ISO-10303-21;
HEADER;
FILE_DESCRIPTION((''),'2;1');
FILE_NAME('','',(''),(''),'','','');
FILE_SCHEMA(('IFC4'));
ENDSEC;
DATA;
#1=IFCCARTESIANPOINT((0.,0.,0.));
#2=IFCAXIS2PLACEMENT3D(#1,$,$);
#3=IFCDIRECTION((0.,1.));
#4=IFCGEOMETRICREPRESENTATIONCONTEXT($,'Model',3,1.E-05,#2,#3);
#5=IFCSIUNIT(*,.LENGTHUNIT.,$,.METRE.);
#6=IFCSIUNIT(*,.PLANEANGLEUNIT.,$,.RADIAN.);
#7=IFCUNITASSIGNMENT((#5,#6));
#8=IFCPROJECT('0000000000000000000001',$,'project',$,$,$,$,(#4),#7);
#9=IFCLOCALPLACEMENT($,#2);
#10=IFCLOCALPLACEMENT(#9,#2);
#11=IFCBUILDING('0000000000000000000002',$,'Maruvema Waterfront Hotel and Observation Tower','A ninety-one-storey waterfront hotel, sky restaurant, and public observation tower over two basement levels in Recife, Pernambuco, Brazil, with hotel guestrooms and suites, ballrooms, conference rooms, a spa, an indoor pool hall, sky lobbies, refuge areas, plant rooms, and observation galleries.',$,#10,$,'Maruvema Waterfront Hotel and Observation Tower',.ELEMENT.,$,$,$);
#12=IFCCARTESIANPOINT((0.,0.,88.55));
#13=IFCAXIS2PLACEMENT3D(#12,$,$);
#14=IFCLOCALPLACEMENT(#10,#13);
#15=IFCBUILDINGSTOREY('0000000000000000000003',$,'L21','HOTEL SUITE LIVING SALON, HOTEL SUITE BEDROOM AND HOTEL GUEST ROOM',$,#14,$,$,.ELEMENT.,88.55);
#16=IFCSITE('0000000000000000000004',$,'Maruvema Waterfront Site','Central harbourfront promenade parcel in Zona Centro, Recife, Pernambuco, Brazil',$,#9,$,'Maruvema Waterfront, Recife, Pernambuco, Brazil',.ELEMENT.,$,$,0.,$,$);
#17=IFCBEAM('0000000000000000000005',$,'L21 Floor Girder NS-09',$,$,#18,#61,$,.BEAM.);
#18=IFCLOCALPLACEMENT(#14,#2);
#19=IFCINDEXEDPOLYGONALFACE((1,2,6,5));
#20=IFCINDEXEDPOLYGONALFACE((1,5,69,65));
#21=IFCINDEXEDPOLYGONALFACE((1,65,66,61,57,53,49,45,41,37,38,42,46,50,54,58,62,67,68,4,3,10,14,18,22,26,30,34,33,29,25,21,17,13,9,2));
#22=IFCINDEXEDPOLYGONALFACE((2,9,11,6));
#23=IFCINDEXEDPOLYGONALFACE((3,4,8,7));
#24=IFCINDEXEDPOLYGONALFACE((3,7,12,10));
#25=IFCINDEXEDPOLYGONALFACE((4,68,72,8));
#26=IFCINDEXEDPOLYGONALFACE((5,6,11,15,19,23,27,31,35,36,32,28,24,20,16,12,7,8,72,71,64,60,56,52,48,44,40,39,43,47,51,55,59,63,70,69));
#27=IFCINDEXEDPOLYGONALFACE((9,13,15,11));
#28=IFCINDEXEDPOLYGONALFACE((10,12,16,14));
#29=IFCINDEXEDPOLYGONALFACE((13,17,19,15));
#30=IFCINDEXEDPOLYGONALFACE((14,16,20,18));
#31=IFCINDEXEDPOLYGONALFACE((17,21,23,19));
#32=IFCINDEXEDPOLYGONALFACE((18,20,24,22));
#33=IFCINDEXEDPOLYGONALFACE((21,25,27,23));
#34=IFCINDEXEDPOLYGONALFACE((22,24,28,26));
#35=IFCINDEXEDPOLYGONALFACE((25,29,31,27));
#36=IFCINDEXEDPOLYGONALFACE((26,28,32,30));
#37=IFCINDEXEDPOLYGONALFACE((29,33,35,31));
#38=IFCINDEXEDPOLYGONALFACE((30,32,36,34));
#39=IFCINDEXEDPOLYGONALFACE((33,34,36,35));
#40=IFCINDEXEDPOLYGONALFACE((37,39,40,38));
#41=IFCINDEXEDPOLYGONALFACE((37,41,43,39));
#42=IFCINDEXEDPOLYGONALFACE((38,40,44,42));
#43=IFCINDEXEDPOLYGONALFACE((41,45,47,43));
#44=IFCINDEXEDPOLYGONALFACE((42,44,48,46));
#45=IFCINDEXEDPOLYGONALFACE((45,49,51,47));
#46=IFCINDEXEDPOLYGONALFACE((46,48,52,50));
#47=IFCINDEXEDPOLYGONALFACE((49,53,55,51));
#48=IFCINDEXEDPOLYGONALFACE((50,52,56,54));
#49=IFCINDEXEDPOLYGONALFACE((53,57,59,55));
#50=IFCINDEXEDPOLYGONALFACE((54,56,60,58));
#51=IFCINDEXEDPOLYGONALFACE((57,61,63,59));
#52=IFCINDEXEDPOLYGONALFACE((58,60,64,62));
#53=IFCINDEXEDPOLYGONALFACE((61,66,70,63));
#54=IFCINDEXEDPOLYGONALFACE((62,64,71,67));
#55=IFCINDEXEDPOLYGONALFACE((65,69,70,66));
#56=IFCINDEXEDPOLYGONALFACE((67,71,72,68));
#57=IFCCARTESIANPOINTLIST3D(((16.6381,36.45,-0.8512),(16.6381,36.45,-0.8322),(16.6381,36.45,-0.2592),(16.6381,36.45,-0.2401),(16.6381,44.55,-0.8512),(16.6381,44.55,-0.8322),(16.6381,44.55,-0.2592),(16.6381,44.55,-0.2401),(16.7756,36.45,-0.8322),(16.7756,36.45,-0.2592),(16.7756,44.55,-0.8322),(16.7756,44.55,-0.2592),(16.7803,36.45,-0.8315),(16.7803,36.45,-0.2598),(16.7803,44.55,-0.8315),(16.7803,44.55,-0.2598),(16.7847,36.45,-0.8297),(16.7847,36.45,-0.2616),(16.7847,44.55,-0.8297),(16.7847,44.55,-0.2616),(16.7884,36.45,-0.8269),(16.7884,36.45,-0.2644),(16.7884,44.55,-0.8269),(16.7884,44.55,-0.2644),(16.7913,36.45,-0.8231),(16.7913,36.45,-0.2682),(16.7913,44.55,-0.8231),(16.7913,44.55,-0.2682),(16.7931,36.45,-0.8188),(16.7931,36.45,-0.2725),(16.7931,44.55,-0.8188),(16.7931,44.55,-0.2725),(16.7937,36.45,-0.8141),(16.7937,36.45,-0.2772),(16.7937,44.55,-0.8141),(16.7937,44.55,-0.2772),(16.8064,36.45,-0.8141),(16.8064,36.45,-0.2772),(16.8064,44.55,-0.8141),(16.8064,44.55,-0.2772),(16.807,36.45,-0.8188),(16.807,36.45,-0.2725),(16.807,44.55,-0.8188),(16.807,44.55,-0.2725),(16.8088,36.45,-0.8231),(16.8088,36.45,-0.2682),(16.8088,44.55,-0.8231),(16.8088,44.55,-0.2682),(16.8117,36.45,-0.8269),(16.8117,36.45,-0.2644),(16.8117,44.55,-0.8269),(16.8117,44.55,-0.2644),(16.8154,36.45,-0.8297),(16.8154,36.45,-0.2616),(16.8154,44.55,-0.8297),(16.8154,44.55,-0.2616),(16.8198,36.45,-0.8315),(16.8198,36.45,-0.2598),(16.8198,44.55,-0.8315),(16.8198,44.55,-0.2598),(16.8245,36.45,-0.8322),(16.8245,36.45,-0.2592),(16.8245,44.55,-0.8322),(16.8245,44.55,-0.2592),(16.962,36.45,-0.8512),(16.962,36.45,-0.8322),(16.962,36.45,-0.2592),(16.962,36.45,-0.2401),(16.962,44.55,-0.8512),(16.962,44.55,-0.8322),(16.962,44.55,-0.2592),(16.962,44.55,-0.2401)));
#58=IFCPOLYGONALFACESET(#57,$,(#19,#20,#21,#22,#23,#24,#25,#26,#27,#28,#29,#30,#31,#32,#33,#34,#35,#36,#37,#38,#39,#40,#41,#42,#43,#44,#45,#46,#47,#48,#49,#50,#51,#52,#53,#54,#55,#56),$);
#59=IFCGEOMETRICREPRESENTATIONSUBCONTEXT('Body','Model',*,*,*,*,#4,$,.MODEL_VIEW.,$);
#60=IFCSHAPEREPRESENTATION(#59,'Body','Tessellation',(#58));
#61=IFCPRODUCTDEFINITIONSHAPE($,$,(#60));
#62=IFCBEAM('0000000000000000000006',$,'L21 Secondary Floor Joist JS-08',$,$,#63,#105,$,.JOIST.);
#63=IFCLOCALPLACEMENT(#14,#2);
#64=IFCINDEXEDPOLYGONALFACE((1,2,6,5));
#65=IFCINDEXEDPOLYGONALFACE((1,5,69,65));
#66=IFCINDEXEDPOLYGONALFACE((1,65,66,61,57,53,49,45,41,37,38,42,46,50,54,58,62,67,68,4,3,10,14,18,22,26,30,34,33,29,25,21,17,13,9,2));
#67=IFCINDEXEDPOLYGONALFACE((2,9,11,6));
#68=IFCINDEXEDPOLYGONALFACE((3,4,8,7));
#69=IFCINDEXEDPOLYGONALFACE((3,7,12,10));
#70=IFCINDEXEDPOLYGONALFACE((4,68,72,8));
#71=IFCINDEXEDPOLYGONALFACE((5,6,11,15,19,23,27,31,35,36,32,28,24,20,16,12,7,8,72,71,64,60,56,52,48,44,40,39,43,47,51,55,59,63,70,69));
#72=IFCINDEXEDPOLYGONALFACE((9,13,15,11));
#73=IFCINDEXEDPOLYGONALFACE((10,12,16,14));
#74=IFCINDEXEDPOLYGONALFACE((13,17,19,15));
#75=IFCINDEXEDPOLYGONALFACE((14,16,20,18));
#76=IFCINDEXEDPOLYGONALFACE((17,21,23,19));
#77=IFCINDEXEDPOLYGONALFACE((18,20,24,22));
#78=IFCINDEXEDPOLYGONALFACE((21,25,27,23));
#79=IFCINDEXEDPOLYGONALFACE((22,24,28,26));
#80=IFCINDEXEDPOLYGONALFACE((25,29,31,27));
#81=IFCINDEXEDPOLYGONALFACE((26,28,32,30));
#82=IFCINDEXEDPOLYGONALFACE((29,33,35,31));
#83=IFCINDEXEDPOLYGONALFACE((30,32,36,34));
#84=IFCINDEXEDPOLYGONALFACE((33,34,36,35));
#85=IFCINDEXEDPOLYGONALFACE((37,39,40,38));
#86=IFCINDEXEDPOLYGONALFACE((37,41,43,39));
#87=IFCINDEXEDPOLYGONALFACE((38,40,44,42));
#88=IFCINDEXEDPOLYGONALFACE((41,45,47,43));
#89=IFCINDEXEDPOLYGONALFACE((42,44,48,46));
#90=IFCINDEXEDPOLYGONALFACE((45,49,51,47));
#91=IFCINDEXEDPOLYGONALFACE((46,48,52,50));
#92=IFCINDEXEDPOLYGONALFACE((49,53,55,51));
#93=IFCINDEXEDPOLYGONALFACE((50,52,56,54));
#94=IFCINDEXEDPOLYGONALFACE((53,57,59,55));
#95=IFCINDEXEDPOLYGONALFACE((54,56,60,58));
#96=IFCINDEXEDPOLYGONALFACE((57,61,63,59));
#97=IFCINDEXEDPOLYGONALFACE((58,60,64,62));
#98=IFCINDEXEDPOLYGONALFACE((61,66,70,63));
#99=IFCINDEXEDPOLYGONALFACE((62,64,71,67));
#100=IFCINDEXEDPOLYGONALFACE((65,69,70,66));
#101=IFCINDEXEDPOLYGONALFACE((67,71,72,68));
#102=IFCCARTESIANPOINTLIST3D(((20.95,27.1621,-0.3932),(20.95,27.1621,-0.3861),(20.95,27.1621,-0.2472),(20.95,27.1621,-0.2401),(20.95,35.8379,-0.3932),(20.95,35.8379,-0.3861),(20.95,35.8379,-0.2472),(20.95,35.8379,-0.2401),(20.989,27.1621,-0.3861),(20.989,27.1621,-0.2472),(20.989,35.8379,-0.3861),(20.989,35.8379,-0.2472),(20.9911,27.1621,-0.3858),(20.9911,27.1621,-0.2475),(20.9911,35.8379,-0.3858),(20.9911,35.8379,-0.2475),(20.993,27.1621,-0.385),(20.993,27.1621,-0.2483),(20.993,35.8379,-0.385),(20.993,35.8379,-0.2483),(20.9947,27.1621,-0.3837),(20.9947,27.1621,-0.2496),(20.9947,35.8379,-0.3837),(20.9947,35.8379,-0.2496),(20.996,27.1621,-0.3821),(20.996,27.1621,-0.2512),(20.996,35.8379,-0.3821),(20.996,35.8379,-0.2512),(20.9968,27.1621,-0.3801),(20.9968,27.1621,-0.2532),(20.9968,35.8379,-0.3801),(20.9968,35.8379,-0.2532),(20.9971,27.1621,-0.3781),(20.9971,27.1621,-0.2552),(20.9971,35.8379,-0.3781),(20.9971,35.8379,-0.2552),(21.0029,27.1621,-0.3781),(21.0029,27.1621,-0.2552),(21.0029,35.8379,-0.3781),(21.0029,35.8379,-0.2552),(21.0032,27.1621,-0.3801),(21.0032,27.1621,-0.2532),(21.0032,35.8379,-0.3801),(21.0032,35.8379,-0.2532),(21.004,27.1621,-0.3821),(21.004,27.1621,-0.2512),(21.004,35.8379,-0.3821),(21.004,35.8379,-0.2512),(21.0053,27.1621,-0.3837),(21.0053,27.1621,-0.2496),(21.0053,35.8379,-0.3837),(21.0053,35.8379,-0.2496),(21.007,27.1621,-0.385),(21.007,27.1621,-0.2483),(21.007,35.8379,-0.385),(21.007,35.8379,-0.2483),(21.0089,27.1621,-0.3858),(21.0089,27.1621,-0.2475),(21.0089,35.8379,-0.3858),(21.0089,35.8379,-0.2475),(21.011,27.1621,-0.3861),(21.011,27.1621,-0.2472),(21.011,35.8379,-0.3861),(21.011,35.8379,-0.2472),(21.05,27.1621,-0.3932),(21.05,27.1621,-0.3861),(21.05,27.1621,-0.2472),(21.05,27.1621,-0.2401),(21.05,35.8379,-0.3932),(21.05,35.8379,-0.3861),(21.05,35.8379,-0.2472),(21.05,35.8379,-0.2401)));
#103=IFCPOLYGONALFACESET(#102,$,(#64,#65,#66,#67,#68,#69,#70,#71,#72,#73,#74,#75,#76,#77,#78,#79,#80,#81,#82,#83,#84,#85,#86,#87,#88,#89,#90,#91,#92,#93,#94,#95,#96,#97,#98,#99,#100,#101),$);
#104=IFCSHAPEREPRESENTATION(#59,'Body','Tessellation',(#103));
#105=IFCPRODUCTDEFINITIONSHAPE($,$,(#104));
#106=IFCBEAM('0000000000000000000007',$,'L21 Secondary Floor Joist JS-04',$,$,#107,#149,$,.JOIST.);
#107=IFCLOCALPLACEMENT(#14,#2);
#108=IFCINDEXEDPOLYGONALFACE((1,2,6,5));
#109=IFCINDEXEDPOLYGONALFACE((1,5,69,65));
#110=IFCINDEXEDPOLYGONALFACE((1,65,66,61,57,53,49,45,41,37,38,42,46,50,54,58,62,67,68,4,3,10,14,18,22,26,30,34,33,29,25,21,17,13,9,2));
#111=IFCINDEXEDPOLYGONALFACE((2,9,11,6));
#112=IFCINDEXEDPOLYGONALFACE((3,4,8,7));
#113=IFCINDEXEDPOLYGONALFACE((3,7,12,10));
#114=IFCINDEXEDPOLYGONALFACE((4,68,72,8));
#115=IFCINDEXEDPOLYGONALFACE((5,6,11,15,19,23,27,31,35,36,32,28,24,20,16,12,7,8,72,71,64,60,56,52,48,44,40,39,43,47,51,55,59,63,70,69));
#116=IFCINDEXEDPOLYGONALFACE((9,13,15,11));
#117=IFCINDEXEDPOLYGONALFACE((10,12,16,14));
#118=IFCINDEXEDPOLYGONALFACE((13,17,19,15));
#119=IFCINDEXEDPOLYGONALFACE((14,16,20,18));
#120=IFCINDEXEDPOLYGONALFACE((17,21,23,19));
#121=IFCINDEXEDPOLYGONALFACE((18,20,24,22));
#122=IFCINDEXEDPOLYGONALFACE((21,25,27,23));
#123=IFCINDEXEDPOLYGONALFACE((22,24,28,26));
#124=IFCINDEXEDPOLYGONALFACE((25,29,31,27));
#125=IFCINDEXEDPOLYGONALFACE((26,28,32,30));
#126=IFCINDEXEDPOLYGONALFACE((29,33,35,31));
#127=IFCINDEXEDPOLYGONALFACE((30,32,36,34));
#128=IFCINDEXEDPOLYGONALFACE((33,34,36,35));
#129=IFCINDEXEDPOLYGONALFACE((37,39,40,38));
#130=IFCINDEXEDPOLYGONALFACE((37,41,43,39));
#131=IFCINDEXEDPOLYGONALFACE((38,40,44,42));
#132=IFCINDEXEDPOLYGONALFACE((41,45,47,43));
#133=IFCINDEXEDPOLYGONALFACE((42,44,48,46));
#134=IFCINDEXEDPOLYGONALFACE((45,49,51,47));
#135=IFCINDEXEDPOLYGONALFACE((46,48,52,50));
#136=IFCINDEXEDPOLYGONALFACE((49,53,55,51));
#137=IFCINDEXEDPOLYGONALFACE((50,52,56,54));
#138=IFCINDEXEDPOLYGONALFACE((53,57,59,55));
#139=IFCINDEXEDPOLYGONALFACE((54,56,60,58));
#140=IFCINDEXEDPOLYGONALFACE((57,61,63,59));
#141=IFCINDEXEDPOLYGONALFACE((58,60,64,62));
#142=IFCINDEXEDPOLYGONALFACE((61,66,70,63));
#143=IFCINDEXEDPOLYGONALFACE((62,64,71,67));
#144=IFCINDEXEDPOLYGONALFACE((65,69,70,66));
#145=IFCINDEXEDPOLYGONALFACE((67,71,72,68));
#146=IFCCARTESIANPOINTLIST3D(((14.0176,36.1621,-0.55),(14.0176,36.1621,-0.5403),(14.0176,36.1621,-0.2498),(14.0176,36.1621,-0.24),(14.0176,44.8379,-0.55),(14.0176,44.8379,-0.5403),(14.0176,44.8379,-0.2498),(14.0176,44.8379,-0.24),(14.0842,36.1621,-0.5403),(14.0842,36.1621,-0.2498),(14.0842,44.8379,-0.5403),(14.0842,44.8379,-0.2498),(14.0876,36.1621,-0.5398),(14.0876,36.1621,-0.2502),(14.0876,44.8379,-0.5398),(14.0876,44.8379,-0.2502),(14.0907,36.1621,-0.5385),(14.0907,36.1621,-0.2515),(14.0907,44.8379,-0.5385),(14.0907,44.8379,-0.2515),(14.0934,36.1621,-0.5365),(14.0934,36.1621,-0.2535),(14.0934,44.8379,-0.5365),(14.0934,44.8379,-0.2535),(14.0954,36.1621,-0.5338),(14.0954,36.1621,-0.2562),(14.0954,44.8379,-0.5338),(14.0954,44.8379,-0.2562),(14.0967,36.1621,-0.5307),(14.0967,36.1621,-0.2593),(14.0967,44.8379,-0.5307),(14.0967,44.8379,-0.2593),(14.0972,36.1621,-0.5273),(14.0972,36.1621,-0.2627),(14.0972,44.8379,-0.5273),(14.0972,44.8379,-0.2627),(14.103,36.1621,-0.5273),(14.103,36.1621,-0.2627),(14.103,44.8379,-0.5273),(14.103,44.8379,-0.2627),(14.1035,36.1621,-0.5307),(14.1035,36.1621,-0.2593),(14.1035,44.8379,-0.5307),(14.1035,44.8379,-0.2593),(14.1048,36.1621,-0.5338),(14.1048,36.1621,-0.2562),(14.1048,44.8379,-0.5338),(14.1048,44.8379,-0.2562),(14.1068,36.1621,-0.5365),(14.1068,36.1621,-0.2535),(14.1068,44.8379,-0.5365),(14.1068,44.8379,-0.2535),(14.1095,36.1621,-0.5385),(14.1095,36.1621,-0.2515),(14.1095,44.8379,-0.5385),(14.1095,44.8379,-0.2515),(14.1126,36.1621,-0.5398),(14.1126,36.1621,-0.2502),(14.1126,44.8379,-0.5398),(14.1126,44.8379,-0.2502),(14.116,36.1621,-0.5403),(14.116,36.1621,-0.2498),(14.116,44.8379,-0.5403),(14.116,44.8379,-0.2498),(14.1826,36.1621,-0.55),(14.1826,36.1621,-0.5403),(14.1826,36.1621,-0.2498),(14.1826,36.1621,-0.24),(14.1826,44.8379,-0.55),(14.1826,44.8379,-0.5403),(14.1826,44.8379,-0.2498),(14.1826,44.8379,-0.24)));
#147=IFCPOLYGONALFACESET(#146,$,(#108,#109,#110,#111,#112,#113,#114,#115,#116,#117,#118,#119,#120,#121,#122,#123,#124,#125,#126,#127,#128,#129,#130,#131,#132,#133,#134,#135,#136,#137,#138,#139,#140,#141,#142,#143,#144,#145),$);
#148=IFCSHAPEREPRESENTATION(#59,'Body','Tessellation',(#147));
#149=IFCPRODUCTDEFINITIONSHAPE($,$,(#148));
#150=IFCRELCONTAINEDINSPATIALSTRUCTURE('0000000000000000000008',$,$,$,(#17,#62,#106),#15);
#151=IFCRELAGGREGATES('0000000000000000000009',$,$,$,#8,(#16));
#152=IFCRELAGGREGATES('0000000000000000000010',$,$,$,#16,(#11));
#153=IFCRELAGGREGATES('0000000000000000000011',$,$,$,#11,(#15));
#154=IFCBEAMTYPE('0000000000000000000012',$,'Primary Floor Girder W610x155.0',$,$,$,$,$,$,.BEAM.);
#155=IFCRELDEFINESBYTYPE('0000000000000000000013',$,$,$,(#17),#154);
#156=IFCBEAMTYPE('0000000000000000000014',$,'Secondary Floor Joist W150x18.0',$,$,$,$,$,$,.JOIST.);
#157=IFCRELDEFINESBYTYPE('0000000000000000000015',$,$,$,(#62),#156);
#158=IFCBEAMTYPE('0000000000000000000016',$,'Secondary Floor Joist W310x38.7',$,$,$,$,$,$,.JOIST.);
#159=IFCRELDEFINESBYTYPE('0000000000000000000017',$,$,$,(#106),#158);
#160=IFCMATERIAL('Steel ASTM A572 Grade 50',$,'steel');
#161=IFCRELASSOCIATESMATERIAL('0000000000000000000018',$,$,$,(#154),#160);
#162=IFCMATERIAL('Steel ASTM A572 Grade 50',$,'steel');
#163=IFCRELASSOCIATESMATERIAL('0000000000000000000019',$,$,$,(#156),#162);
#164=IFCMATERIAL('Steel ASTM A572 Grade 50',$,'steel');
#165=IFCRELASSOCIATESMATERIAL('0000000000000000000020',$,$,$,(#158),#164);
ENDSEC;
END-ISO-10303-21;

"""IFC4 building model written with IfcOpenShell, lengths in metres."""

from ifc_helpers import new_model, si_unit, direction, frame, origin, origin_2d, place, context, subcontext, project, spatial, i_section, extrude, material, material_profile, profile_set, type_object, element, save


model = new_model("IFC4")

# Units and contexts
model_context = context("Model", 3, precision=1e-05, world=origin(), true_north=direction((0.0, 1.0)))
body_context = subcontext(model_context, "Body", "Model", "MODEL_VIEW")
ifc_project = project(units=[si_unit("LENGTHUNIT", "METRE"), si_unit("PLANEANGLEUNIT", "RADIAN")], contexts=[model_context])

# Site, building, storey
site_placement = place(None, origin())
site = spatial("IfcSite", under=ifc_project, at=site_placement, Name="Maruvema Waterfront Site", Description="Central harbourfront promenade parcel in Zona Centro, Recife, Pernambuco, Brazil", LongName="Maruvema Waterfront, Recife, Pernambuco, Brazil", CompositionType="ELEMENT", RefElevation=0.0)
building_placement = place(site_placement, origin())
building = spatial("IfcBuilding", under=site, at=building_placement, Name="Maruvema Waterfront Hotel and Observation Tower", Description="A ninety-one-storey waterfront hotel, sky restaurant, and public observation tower over two basement levels in Recife, Pernambuco, Brazil, with hotel guestrooms and suites, ballrooms, conference rooms, a spa, an indoor pool hall, sky lobbies, refuge areas, plant rooms, and observation galleries.", LongName="Maruvema Waterfront Hotel and Observation Tower", CompositionType="ELEMENT")
storey_placement = place(building_placement, frame((0.0, 0.0, 88.55)))
storey = spatial("IfcBuildingStorey", under=building, at=storey_placement, Name="L21", Description="HOTEL SUITE LIVING SALON, HOTEL SUITE BEDROOM AND HOTEL GUEST ROOM", CompositionType="ELEMENT", Elevation=88.55)

# Beams
ifc_material_1 = material(Name="Steel ASTM A572 Grade 50", Category="steel")
ifc_material_profile_1 = material_profile(ifc_material_1, i_section(OverallWidth=0.324, OverallDepth=0.6111, WebThickness=0.0127, FlangeThickness=0.019, FilletRadius=0.0181, at=origin_2d()), Name="W610x155.0")
ifc_profile_set_1 = profile_set([ifc_material_profile_1], Name="Steel ASTM A572 Grade 50")
beam_type_1 = type_object("IfcBeamType", Name="Primary Floor Girder W610x155.0", PredefinedType="BEAM", material=ifc_profile_set_1)
for number, where, z_axis, x_axis, name in (
    (1, (16.8, 36.45, -0.5457), (0.0, 1.0, 0.0), (-1.0, 0.0, 0.0), "L21 Floor Girder NS-09"),
):
    element("IfcBeam", number, at=place(storey_placement, frame(where, z_axis=z_axis, x_axis=x_axis)), inside=storey, type_object=beam_type_1, Name=name, PredefinedType="BEAM", context=body_context, shape_type="SweptSolid", body=[
        extrude(i_section(OverallWidth=0.324, OverallDepth=0.6111, WebThickness=0.0127, FlangeThickness=0.019, FilletRadius=0.0181, at=origin_2d()), origin(), (0.0, 0.0, 1.0), 8.1001),
    ])
ifc_material_2 = material(Name="Steel ASTM A572 Grade 50", Category="steel")
ifc_material_profile_2 = material_profile(ifc_material_2, i_section(OverallWidth=0.1001, OverallDepth=0.1531, WebThickness=0.0059, FlangeThickness=0.0071, FilletRadius=0.0081, at=origin_2d()), Name="W150x18.0")
ifc_profile_set_2 = profile_set([ifc_material_profile_2], Name="Steel ASTM A572 Grade 50")
beam_type_2 = type_object("IfcBeamType", Name="Secondary Floor Joist W150x18.0", PredefinedType="JOIST", material=ifc_profile_set_2)
beam_1_placement = place(storey_placement, frame((21.0, 27.1621, -0.3167), z_axis=(0.0, 1.0, 0.0), x_axis=(-1.0, 0.0, 0.0)))
element("IfcBeam", 2, at=beam_1_placement, inside=storey, type_object=beam_type_2, Name="L21 Secondary Floor Joist JS-08", PredefinedType="JOIST", context=body_context, shape_type="SweptSolid", body=[
    extrude(i_section(OverallWidth=0.1001, OverallDepth=0.1531, WebThickness=0.0059, FlangeThickness=0.0071, FilletRadius=0.0081, at=origin_2d()), origin(), (0.0, 0.0, 1.0), 8.6758),
])
ifc_material_3 = material(Name="Steel ASTM A572 Grade 50", Category="steel")
ifc_material_profile_3 = material_profile(ifc_material_3, i_section(OverallWidth=0.165, OverallDepth=0.3101, WebThickness=0.0059, FlangeThickness=0.0098, FilletRadius=0.0129, at=origin_2d()), Name="W310x38.7")
ifc_profile_set_3 = profile_set([ifc_material_profile_3], Name="Steel ASTM A572 Grade 50")
beam_type_3 = type_object("IfcBeamType", Name="Secondary Floor Joist W310x38.7", PredefinedType="JOIST", material=ifc_profile_set_3)
beam_2_placement = place(storey_placement, frame((14.1001, 36.1621, -0.395), z_axis=(0.0, 1.0, 0.0), x_axis=(-1.0, 0.0, 0.0)))
element("IfcBeam", 3, at=beam_2_placement, inside=storey, type_object=beam_type_3, Name="L21 Secondary Floor Joist JS-04", PredefinedType="JOIST", context=body_context, shape_type="SweptSolid", body=[
    extrude(i_section(OverallWidth=0.165, OverallDepth=0.3101, WebThickness=0.0059, FlangeThickness=0.0098, FilletRadius=0.0129, at=origin_2d()), origin(), (0.0, 0.0, 1.0), 8.6758),
])

save(model, "model.ifc")
